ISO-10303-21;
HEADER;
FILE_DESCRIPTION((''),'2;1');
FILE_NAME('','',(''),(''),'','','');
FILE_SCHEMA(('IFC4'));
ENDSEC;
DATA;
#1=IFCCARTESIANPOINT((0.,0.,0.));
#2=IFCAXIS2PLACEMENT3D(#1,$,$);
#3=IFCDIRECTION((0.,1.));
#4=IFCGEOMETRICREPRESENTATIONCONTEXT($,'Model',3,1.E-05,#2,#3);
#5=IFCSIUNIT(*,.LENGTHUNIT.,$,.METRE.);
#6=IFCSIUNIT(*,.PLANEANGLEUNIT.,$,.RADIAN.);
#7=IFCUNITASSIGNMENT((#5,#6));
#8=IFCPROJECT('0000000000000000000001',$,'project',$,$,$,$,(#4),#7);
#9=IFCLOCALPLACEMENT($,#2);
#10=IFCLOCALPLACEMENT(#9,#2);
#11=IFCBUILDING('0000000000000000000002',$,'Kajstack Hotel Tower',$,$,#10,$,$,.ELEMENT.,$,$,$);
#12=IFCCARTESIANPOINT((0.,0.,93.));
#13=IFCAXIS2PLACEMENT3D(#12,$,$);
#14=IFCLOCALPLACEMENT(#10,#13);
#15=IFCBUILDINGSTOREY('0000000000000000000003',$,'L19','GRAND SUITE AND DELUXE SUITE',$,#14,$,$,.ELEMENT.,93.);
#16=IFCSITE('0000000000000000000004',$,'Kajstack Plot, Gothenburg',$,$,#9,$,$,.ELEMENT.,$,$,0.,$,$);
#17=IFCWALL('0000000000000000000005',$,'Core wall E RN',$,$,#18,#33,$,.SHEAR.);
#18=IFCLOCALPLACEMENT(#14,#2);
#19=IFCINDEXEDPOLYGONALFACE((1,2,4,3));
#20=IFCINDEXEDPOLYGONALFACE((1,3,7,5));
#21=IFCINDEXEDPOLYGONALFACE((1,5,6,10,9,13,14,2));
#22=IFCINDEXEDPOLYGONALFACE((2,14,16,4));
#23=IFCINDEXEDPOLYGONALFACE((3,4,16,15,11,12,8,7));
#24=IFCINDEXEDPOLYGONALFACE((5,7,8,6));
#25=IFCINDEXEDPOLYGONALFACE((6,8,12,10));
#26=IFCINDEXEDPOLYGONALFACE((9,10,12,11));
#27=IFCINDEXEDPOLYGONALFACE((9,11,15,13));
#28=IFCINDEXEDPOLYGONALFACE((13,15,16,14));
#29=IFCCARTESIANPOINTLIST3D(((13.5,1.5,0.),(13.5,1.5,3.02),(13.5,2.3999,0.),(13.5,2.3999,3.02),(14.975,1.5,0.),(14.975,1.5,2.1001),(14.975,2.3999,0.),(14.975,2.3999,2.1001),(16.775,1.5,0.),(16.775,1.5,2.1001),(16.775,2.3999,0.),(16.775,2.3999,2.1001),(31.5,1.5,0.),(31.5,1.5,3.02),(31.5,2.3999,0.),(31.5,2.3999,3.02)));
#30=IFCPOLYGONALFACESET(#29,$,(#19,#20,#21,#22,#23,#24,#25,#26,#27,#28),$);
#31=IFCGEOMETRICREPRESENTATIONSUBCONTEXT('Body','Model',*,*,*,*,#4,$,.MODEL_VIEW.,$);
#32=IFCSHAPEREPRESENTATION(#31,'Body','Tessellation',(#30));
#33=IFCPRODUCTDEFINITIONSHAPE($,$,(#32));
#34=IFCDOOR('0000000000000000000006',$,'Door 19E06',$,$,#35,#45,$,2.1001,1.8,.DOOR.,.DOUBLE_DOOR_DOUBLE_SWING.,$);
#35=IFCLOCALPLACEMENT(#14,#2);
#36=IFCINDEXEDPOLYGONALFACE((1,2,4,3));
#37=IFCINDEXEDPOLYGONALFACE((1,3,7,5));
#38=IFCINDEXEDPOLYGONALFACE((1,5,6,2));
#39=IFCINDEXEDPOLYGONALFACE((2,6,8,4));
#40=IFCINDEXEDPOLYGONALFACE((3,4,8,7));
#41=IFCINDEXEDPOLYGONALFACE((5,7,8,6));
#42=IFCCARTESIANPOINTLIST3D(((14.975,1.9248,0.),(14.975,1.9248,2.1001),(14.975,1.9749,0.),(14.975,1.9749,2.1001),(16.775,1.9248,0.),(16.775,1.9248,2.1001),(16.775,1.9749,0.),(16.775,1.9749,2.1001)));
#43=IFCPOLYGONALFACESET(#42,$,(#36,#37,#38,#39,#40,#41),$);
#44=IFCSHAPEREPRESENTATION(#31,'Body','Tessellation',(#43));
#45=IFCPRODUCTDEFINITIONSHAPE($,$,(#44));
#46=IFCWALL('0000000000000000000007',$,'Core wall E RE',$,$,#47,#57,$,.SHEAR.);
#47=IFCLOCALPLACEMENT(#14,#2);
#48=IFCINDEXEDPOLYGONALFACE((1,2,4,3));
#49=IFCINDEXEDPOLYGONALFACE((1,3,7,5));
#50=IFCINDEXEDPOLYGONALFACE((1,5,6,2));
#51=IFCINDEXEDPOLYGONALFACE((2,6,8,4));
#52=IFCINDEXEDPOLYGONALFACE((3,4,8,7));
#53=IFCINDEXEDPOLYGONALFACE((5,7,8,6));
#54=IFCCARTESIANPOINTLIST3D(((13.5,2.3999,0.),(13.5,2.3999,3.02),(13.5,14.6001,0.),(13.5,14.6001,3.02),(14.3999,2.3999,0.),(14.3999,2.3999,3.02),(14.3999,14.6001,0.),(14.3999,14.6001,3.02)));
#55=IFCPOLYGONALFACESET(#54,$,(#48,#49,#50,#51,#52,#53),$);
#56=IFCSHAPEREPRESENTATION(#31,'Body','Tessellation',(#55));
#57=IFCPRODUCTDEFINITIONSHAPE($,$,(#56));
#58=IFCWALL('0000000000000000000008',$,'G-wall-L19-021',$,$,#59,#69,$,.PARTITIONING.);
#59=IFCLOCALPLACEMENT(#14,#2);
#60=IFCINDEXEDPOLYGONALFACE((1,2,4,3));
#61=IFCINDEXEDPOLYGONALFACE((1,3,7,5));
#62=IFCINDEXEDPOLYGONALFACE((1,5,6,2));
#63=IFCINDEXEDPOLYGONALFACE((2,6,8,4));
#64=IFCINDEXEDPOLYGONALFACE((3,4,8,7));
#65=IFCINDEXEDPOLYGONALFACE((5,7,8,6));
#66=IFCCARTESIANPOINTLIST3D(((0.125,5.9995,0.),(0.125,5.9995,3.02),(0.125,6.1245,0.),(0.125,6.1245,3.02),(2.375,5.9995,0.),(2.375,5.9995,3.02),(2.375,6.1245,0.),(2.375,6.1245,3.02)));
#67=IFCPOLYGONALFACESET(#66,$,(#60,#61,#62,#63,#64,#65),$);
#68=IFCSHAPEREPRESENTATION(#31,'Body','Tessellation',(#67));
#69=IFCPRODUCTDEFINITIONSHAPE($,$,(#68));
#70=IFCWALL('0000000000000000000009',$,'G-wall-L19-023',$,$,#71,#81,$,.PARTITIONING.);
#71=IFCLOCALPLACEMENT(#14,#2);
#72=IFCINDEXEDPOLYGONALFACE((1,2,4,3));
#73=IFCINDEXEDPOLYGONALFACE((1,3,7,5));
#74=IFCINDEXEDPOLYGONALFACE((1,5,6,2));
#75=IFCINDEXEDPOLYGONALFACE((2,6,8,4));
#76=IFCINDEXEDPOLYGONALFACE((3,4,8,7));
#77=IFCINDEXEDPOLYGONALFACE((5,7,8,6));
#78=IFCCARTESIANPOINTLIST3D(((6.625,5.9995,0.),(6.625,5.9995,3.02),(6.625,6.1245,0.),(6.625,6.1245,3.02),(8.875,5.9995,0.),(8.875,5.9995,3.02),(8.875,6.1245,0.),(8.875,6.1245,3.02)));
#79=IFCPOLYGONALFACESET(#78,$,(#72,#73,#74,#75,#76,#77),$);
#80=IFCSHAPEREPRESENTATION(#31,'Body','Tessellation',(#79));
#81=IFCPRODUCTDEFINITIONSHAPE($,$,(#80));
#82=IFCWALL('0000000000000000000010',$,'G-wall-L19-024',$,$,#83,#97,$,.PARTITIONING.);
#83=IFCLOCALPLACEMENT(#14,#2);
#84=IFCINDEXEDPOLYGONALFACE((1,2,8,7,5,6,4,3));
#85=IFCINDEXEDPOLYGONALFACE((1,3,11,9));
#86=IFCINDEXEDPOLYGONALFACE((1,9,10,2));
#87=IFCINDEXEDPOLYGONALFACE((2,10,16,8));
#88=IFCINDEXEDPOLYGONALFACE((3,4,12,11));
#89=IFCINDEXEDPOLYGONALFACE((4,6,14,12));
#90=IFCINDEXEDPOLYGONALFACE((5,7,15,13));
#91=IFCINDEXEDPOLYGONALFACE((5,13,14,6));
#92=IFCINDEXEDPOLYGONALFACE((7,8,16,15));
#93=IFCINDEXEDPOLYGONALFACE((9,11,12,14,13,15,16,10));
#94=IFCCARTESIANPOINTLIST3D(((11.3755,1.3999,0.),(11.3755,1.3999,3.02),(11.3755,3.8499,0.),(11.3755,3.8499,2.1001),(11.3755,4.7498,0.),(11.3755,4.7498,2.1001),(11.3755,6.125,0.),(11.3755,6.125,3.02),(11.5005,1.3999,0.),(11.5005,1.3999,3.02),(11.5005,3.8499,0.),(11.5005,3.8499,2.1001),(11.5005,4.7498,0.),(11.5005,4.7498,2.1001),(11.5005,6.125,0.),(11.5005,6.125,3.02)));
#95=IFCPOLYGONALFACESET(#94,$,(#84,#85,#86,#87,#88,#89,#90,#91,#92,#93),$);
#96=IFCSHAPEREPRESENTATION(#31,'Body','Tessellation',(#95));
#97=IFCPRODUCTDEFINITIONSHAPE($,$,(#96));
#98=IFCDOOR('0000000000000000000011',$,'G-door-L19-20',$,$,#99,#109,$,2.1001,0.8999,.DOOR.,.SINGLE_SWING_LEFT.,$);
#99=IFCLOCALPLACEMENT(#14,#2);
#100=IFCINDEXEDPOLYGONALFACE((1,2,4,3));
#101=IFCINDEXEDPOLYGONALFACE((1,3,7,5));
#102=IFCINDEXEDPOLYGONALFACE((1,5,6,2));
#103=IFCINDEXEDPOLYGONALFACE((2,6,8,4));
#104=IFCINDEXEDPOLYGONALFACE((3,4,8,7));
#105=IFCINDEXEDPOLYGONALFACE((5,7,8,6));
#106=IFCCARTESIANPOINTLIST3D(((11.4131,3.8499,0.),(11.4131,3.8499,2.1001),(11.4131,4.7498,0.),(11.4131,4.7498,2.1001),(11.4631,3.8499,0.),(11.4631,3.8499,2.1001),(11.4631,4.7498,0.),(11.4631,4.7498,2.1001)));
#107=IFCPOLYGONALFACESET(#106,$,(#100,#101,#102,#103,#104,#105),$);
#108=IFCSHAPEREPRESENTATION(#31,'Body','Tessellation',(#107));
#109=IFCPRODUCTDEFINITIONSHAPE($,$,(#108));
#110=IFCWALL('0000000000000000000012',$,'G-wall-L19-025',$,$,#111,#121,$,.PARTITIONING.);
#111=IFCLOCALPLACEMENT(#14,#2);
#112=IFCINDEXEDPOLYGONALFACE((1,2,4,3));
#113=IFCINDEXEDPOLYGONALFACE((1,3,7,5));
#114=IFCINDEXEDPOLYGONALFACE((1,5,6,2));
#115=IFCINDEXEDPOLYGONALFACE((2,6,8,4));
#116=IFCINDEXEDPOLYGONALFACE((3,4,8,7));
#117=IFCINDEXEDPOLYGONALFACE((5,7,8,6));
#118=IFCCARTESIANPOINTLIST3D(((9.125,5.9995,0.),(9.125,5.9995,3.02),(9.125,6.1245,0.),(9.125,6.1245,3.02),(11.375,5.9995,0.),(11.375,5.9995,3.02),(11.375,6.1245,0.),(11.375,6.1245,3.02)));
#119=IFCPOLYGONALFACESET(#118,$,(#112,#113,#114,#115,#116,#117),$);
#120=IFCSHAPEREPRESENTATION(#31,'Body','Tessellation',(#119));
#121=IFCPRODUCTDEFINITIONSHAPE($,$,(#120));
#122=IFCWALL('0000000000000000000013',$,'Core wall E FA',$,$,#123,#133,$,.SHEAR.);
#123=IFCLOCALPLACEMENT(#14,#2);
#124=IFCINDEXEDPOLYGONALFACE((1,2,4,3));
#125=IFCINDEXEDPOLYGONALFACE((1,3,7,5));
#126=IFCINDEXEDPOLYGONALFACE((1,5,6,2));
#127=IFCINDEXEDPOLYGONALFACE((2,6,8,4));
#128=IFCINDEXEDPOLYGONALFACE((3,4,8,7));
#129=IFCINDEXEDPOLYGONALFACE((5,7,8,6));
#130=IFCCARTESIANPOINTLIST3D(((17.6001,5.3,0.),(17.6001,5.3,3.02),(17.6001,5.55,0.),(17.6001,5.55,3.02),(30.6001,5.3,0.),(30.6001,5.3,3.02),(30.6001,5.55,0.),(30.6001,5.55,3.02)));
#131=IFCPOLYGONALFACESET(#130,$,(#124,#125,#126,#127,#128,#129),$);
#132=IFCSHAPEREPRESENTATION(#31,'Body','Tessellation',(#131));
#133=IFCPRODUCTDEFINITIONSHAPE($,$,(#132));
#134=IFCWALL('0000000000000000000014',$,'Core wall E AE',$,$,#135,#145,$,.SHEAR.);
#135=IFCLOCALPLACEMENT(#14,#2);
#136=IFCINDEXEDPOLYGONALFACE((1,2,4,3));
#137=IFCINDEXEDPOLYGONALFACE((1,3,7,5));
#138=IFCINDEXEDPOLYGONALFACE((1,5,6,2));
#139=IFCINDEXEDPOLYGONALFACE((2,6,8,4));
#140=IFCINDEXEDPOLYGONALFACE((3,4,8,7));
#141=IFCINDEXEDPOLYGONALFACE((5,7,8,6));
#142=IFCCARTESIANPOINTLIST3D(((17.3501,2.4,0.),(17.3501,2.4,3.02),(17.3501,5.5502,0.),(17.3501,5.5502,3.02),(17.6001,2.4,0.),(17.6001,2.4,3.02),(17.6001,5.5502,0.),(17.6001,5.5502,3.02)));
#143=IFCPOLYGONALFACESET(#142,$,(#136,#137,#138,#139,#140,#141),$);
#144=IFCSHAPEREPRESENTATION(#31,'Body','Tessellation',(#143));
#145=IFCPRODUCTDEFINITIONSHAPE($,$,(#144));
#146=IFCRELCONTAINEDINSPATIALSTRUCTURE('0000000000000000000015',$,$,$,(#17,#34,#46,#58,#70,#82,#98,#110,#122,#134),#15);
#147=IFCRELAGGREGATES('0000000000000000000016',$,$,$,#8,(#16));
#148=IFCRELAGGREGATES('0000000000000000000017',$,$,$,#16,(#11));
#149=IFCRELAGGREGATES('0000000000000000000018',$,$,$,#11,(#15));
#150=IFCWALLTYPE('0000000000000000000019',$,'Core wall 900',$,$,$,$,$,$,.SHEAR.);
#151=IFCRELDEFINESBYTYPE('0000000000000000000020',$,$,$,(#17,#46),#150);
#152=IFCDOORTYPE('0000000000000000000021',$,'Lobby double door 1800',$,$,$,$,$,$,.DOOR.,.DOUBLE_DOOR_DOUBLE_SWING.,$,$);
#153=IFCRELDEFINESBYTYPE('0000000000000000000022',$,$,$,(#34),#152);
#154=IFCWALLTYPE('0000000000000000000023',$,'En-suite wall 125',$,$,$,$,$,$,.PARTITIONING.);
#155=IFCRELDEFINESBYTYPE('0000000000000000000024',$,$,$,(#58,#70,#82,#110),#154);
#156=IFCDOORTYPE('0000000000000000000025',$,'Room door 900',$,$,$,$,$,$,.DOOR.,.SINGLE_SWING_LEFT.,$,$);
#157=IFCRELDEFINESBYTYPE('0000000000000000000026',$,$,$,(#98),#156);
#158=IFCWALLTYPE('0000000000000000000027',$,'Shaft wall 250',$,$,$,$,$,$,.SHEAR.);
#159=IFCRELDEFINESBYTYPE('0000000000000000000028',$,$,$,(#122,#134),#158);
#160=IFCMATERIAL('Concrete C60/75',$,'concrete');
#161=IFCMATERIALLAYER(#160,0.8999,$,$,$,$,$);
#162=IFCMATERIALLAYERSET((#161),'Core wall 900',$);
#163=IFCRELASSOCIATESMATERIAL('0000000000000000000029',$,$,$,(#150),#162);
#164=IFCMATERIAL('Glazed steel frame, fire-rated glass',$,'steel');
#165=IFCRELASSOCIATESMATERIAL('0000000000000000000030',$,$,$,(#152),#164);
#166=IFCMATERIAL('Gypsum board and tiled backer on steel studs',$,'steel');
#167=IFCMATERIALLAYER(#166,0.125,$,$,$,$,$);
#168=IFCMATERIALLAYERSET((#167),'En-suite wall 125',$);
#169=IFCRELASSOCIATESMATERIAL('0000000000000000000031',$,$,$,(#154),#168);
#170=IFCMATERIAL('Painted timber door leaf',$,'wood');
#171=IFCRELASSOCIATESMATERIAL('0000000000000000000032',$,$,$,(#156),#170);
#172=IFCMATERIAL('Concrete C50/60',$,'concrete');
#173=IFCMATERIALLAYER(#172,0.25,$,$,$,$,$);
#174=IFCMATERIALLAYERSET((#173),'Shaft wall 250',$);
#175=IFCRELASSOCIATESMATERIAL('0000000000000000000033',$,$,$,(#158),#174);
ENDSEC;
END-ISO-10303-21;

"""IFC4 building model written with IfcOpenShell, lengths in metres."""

from ifc_helpers import new_model, si_unit, direction, frame, frame_2d, origin, place, context, subcontext, project, spatial, rectangle, extrude, material, layer, layer_set, type_object, element, fill, save


model = new_model("IFC4")

# Units and contexts
model_context = context("Model", 3, precision=1e-05, world=origin(), true_north=direction((0.0, 1.0)))
body_context = subcontext(model_context, "Body", "Model", "MODEL_VIEW")
ifc_project = project(units=[si_unit("LENGTHUNIT", "METRE"), si_unit("PLANEANGLEUNIT", "RADIAN")], contexts=[model_context])

# Site, building, storey
site_placement = place(None, origin())
site = spatial("IfcSite", under=ifc_project, at=site_placement, Name="Kajstack Plot, Gothenburg", CompositionType="ELEMENT", RefElevation=0.0)
building_placement = place(site_placement, origin())
building = spatial("IfcBuilding", under=site, at=building_placement, Name="Kajstack Hotel Tower", CompositionType="ELEMENT")
storey_placement = place(building_placement, frame((0.0, 0.0, 93.0)))
storey = spatial("IfcBuildingStorey", under=building, at=storey_placement, Name="L19", Description="GRAND SUITE AND DELUXE SUITE", CompositionType="ELEMENT", Elevation=93.0)

# Wall, opening, door
ifc_material_1 = material(Name="Concrete C60/75", Category="concrete")
ifc_layer_1 = layer(ifc_material_1, 0.8999)
ifc_layer_set_1 = layer_set([ifc_layer_1], Name="Core wall 900")
wall_type_1 = type_object("IfcWallType", Name="Core wall 900", PredefinedType="SHEAR", material=ifc_layer_set_1)
wall_1_placement = place(storey_placement, frame((13.5, 1.95, 0.0), z_axis=(0.0, 0.0, 1.0), x_axis=(1.0, 0.0, 0.0)))
wall_1 = element("IfcWall", 1, at=wall_1_placement, inside=storey, type_object=wall_type_1, Name="Core wall E RN", PredefinedType="SHEAR", context=body_context, shape_type="SweptSolid", body=[
    extrude(rectangle(XDim=18.0, YDim=0.8999, at=frame_2d((9.0, 0.0))), origin(), (0.0, 0.0, 1.0), 3.02),
])
opening_1_placement = place(wall_1_placement, frame((1.4751, 0.0, 0.0)))
opening_1 = element("IfcOpeningElement", 2, at=opening_1_placement, cuts=wall_1, PredefinedType="OPENING", context=body_context, shape_type="SweptSolid", body=[
    extrude(rectangle(XDim=1.8, YDim=2.1001, at=frame_2d((0.8999, 1.05))), frame((0.0, 0.46, 0.0), z_axis=(0.0, -1.0, 0.0), x_axis=(1.0, 0.0, 0.0)), (0.0, 0.0, 1.0), 0.9199),
])
ifc_material_2 = material(Name="Glazed steel frame, fire-rated glass", Category="steel")
door_type_1 = type_object("IfcDoorType", Name="Lobby double door 1800", OperationType="DOUBLE_DOOR_DOUBLE_SWING", PredefinedType="DOOR", material=ifc_material_2)
door_1_placement = place(opening_1_placement, origin())
door_1 = element("IfcDoor", 3, at=door_1_placement, inside=storey, type_object=door_type_1, Name="Door 19E06", OperationType="DOUBLE_DOOR_DOUBLE_SWING", OverallHeight=2.1001, OverallWidth=1.8, PredefinedType="DOOR", context=body_context, shape_type="SweptSolid", body=[
    extrude(rectangle(XDim=1.8, YDim=2.1001, at=frame_2d((0.8999, 1.05))), frame((0.0, 0.0249, 0.0), z_axis=(0.0, -1.0, 0.0), x_axis=(1.0, 0.0, 0.0)), (0.0, 0.0, 1.0), 0.05),
])
fill(opening_1, door_1)

# Walls
wall_2_placement = place(storey_placement, frame((13.95, 2.3999, 0.0), z_axis=(0.0, 0.0, 1.0), x_axis=(0.0, 1.0, 0.0)))
element("IfcWall", 4, at=wall_2_placement, inside=storey, type_object=wall_type_1, Name="Core wall E RE", PredefinedType="SHEAR", context=body_context, shape_type="SweptSolid", body=[
    extrude(rectangle(XDim=12.2002, YDim=0.8999, at=frame_2d((6.1001, 0.0))), origin(), (0.0, 0.0, 1.0), 3.02),
])
ifc_material_3 = material(Name="Gypsum board and tiled backer on steel studs", Category="steel")
ifc_layer_2 = layer(ifc_material_3, 0.125)
ifc_layer_set_2 = layer_set([ifc_layer_2], Name="En-suite wall 125")
wall_type_2 = type_object("IfcWallType", Name="En-suite wall 125", PredefinedType="PARTITIONING", material=ifc_layer_set_2)
for number, where, z_axis, x_axis, name in (
    (5, (0.125, 6.062, 0.0), (0.0, 0.0, 1.0), (1.0, 0.0, 0.0), "G-wall-L19-021"),
    (6, (6.625, 6.062, 0.0), (0.0, 0.0, 1.0), (1.0, 0.0, 0.0), "G-wall-L19-023"),
):
    element("IfcWall", number, at=place(storey_placement, frame(where, z_axis=z_axis, x_axis=x_axis)), inside=storey, type_object=wall_type_2, Name=name, PredefinedType="PARTITIONING", context=body_context, shape_type="SweptSolid", body=[
        extrude(rectangle(XDim=2.25, YDim=0.125, at=frame_2d((1.125, 0.0))), origin(), (0.0, 0.0, 1.0), 3.02),
    ])

# Wall, opening, door
wall_3_placement = place(storey_placement, frame((11.438, 1.3999, 0.0), z_axis=(0.0, 0.0, 1.0), x_axis=(0.0, 1.0, 0.0)))
wall_3 = element("IfcWall", 7, at=wall_3_placement, inside=storey, type_object=wall_type_2, Name="G-wall-L19-024", PredefinedType="PARTITIONING", context=body_context, shape_type="SweptSolid", body=[
    extrude(rectangle(XDim=4.7251, YDim=0.125, at=frame_2d((2.3625, 0.0))), origin(), (0.0, 0.0, 1.0), 3.02),
])
opening_2_placement = place(wall_3_placement, frame((2.45, 0.0, 0.0)))
opening_2 = element("IfcOpeningElement", 8, at=opening_2_placement, cuts=wall_3, PredefinedType="OPENING", context=body_context, shape_type="SweptSolid", body=[
    extrude(rectangle(XDim=0.8999, YDim=2.1001, at=frame_2d((0.45, 1.05))), frame((0.0, 0.0725, 0.0), z_axis=(0.0, -1.0, 0.0), x_axis=(1.0, 0.0, 0.0)), (0.0, 0.0, 1.0), 0.145),
])
ifc_material_4 = material(Name="Painted timber door leaf", Category="wood")
door_type_2 = type_object("IfcDoorType", Name="Room door 900", OperationType="SINGLE_SWING_LEFT", PredefinedType="DOOR", material=ifc_material_4)
door_2_placement = place(opening_2_placement, origin())
door_2 = element("IfcDoor", 9, at=door_2_placement, inside=storey, type_object=door_type_2, Name="G-door-L19-20", OperationType="SINGLE_SWING_LEFT", OverallHeight=2.1001, OverallWidth=0.8999, PredefinedType="DOOR", context=body_context, shape_type="SweptSolid", body=[
    extrude(rectangle(XDim=0.8999, YDim=2.1001, at=frame_2d((0.45, 1.05))), frame((0.0, 0.0249, 0.0), z_axis=(0.0, -1.0, 0.0), x_axis=(1.0, 0.0, 0.0)), (0.0, 0.0, 1.0), 0.05),
])
fill(opening_2, door_2)

# Walls
wall_4_placement = place(storey_placement, frame((9.125, 6.062, 0.0), z_axis=(0.0, 0.0, 1.0), x_axis=(1.0, 0.0, 0.0)))
element("IfcWall", 10, at=wall_4_placement, inside=storey, type_object=wall_type_2, Name="G-wall-L19-025", PredefinedType="PARTITIONING", context=body_context, shape_type="SweptSolid", body=[
    extrude(rectangle(XDim=2.25, YDim=0.125, at=frame_2d((1.125, 0.0))), origin(), (0.0, 0.0, 1.0), 3.02),
])
ifc_material_5 = material(Name="Concrete C50/60", Category="concrete")
ifc_layer_3 = layer(ifc_material_5, 0.25)
ifc_layer_set_3 = layer_set([ifc_layer_3], Name="Shaft wall 250")
wall_type_3 = type_object("IfcWallType", Name="Shaft wall 250", PredefinedType="SHEAR", material=ifc_layer_set_3)
wall_5_placement = place(storey_placement, frame((17.6001, 5.425, 0.0), z_axis=(0.0, 0.0, 1.0), x_axis=(1.0, 0.0, 0.0)))
element("IfcWall", 11, at=wall_5_placement, inside=storey, type_object=wall_type_3, Name="Core wall E FA", PredefinedType="SHEAR", context=body_context, shape_type="SweptSolid", body=[
    extrude(rectangle(XDim=13.0, YDim=0.25, at=frame_2d((6.5, 0.0))), origin(), (0.0, 0.0, 1.0), 3.02),
])
wall_6_placement = place(storey_placement, frame((17.4751, 2.3999, 0.0), z_axis=(0.0, 0.0, 1.0), x_axis=(0.0, 1.0, 0.0)))
element("IfcWall", 12, at=wall_6_placement, inside=storey, type_object=wall_type_3, Name="Core wall E AE", PredefinedType="SHEAR", context=body_context, shape_type="SweptSolid", body=[
    extrude(rectangle(XDim=3.1501, YDim=0.25, at=frame_2d((1.5752, 0.0))), origin(), (0.0, 0.0, 1.0), 3.02),
])

save(model, "model.ifc")
